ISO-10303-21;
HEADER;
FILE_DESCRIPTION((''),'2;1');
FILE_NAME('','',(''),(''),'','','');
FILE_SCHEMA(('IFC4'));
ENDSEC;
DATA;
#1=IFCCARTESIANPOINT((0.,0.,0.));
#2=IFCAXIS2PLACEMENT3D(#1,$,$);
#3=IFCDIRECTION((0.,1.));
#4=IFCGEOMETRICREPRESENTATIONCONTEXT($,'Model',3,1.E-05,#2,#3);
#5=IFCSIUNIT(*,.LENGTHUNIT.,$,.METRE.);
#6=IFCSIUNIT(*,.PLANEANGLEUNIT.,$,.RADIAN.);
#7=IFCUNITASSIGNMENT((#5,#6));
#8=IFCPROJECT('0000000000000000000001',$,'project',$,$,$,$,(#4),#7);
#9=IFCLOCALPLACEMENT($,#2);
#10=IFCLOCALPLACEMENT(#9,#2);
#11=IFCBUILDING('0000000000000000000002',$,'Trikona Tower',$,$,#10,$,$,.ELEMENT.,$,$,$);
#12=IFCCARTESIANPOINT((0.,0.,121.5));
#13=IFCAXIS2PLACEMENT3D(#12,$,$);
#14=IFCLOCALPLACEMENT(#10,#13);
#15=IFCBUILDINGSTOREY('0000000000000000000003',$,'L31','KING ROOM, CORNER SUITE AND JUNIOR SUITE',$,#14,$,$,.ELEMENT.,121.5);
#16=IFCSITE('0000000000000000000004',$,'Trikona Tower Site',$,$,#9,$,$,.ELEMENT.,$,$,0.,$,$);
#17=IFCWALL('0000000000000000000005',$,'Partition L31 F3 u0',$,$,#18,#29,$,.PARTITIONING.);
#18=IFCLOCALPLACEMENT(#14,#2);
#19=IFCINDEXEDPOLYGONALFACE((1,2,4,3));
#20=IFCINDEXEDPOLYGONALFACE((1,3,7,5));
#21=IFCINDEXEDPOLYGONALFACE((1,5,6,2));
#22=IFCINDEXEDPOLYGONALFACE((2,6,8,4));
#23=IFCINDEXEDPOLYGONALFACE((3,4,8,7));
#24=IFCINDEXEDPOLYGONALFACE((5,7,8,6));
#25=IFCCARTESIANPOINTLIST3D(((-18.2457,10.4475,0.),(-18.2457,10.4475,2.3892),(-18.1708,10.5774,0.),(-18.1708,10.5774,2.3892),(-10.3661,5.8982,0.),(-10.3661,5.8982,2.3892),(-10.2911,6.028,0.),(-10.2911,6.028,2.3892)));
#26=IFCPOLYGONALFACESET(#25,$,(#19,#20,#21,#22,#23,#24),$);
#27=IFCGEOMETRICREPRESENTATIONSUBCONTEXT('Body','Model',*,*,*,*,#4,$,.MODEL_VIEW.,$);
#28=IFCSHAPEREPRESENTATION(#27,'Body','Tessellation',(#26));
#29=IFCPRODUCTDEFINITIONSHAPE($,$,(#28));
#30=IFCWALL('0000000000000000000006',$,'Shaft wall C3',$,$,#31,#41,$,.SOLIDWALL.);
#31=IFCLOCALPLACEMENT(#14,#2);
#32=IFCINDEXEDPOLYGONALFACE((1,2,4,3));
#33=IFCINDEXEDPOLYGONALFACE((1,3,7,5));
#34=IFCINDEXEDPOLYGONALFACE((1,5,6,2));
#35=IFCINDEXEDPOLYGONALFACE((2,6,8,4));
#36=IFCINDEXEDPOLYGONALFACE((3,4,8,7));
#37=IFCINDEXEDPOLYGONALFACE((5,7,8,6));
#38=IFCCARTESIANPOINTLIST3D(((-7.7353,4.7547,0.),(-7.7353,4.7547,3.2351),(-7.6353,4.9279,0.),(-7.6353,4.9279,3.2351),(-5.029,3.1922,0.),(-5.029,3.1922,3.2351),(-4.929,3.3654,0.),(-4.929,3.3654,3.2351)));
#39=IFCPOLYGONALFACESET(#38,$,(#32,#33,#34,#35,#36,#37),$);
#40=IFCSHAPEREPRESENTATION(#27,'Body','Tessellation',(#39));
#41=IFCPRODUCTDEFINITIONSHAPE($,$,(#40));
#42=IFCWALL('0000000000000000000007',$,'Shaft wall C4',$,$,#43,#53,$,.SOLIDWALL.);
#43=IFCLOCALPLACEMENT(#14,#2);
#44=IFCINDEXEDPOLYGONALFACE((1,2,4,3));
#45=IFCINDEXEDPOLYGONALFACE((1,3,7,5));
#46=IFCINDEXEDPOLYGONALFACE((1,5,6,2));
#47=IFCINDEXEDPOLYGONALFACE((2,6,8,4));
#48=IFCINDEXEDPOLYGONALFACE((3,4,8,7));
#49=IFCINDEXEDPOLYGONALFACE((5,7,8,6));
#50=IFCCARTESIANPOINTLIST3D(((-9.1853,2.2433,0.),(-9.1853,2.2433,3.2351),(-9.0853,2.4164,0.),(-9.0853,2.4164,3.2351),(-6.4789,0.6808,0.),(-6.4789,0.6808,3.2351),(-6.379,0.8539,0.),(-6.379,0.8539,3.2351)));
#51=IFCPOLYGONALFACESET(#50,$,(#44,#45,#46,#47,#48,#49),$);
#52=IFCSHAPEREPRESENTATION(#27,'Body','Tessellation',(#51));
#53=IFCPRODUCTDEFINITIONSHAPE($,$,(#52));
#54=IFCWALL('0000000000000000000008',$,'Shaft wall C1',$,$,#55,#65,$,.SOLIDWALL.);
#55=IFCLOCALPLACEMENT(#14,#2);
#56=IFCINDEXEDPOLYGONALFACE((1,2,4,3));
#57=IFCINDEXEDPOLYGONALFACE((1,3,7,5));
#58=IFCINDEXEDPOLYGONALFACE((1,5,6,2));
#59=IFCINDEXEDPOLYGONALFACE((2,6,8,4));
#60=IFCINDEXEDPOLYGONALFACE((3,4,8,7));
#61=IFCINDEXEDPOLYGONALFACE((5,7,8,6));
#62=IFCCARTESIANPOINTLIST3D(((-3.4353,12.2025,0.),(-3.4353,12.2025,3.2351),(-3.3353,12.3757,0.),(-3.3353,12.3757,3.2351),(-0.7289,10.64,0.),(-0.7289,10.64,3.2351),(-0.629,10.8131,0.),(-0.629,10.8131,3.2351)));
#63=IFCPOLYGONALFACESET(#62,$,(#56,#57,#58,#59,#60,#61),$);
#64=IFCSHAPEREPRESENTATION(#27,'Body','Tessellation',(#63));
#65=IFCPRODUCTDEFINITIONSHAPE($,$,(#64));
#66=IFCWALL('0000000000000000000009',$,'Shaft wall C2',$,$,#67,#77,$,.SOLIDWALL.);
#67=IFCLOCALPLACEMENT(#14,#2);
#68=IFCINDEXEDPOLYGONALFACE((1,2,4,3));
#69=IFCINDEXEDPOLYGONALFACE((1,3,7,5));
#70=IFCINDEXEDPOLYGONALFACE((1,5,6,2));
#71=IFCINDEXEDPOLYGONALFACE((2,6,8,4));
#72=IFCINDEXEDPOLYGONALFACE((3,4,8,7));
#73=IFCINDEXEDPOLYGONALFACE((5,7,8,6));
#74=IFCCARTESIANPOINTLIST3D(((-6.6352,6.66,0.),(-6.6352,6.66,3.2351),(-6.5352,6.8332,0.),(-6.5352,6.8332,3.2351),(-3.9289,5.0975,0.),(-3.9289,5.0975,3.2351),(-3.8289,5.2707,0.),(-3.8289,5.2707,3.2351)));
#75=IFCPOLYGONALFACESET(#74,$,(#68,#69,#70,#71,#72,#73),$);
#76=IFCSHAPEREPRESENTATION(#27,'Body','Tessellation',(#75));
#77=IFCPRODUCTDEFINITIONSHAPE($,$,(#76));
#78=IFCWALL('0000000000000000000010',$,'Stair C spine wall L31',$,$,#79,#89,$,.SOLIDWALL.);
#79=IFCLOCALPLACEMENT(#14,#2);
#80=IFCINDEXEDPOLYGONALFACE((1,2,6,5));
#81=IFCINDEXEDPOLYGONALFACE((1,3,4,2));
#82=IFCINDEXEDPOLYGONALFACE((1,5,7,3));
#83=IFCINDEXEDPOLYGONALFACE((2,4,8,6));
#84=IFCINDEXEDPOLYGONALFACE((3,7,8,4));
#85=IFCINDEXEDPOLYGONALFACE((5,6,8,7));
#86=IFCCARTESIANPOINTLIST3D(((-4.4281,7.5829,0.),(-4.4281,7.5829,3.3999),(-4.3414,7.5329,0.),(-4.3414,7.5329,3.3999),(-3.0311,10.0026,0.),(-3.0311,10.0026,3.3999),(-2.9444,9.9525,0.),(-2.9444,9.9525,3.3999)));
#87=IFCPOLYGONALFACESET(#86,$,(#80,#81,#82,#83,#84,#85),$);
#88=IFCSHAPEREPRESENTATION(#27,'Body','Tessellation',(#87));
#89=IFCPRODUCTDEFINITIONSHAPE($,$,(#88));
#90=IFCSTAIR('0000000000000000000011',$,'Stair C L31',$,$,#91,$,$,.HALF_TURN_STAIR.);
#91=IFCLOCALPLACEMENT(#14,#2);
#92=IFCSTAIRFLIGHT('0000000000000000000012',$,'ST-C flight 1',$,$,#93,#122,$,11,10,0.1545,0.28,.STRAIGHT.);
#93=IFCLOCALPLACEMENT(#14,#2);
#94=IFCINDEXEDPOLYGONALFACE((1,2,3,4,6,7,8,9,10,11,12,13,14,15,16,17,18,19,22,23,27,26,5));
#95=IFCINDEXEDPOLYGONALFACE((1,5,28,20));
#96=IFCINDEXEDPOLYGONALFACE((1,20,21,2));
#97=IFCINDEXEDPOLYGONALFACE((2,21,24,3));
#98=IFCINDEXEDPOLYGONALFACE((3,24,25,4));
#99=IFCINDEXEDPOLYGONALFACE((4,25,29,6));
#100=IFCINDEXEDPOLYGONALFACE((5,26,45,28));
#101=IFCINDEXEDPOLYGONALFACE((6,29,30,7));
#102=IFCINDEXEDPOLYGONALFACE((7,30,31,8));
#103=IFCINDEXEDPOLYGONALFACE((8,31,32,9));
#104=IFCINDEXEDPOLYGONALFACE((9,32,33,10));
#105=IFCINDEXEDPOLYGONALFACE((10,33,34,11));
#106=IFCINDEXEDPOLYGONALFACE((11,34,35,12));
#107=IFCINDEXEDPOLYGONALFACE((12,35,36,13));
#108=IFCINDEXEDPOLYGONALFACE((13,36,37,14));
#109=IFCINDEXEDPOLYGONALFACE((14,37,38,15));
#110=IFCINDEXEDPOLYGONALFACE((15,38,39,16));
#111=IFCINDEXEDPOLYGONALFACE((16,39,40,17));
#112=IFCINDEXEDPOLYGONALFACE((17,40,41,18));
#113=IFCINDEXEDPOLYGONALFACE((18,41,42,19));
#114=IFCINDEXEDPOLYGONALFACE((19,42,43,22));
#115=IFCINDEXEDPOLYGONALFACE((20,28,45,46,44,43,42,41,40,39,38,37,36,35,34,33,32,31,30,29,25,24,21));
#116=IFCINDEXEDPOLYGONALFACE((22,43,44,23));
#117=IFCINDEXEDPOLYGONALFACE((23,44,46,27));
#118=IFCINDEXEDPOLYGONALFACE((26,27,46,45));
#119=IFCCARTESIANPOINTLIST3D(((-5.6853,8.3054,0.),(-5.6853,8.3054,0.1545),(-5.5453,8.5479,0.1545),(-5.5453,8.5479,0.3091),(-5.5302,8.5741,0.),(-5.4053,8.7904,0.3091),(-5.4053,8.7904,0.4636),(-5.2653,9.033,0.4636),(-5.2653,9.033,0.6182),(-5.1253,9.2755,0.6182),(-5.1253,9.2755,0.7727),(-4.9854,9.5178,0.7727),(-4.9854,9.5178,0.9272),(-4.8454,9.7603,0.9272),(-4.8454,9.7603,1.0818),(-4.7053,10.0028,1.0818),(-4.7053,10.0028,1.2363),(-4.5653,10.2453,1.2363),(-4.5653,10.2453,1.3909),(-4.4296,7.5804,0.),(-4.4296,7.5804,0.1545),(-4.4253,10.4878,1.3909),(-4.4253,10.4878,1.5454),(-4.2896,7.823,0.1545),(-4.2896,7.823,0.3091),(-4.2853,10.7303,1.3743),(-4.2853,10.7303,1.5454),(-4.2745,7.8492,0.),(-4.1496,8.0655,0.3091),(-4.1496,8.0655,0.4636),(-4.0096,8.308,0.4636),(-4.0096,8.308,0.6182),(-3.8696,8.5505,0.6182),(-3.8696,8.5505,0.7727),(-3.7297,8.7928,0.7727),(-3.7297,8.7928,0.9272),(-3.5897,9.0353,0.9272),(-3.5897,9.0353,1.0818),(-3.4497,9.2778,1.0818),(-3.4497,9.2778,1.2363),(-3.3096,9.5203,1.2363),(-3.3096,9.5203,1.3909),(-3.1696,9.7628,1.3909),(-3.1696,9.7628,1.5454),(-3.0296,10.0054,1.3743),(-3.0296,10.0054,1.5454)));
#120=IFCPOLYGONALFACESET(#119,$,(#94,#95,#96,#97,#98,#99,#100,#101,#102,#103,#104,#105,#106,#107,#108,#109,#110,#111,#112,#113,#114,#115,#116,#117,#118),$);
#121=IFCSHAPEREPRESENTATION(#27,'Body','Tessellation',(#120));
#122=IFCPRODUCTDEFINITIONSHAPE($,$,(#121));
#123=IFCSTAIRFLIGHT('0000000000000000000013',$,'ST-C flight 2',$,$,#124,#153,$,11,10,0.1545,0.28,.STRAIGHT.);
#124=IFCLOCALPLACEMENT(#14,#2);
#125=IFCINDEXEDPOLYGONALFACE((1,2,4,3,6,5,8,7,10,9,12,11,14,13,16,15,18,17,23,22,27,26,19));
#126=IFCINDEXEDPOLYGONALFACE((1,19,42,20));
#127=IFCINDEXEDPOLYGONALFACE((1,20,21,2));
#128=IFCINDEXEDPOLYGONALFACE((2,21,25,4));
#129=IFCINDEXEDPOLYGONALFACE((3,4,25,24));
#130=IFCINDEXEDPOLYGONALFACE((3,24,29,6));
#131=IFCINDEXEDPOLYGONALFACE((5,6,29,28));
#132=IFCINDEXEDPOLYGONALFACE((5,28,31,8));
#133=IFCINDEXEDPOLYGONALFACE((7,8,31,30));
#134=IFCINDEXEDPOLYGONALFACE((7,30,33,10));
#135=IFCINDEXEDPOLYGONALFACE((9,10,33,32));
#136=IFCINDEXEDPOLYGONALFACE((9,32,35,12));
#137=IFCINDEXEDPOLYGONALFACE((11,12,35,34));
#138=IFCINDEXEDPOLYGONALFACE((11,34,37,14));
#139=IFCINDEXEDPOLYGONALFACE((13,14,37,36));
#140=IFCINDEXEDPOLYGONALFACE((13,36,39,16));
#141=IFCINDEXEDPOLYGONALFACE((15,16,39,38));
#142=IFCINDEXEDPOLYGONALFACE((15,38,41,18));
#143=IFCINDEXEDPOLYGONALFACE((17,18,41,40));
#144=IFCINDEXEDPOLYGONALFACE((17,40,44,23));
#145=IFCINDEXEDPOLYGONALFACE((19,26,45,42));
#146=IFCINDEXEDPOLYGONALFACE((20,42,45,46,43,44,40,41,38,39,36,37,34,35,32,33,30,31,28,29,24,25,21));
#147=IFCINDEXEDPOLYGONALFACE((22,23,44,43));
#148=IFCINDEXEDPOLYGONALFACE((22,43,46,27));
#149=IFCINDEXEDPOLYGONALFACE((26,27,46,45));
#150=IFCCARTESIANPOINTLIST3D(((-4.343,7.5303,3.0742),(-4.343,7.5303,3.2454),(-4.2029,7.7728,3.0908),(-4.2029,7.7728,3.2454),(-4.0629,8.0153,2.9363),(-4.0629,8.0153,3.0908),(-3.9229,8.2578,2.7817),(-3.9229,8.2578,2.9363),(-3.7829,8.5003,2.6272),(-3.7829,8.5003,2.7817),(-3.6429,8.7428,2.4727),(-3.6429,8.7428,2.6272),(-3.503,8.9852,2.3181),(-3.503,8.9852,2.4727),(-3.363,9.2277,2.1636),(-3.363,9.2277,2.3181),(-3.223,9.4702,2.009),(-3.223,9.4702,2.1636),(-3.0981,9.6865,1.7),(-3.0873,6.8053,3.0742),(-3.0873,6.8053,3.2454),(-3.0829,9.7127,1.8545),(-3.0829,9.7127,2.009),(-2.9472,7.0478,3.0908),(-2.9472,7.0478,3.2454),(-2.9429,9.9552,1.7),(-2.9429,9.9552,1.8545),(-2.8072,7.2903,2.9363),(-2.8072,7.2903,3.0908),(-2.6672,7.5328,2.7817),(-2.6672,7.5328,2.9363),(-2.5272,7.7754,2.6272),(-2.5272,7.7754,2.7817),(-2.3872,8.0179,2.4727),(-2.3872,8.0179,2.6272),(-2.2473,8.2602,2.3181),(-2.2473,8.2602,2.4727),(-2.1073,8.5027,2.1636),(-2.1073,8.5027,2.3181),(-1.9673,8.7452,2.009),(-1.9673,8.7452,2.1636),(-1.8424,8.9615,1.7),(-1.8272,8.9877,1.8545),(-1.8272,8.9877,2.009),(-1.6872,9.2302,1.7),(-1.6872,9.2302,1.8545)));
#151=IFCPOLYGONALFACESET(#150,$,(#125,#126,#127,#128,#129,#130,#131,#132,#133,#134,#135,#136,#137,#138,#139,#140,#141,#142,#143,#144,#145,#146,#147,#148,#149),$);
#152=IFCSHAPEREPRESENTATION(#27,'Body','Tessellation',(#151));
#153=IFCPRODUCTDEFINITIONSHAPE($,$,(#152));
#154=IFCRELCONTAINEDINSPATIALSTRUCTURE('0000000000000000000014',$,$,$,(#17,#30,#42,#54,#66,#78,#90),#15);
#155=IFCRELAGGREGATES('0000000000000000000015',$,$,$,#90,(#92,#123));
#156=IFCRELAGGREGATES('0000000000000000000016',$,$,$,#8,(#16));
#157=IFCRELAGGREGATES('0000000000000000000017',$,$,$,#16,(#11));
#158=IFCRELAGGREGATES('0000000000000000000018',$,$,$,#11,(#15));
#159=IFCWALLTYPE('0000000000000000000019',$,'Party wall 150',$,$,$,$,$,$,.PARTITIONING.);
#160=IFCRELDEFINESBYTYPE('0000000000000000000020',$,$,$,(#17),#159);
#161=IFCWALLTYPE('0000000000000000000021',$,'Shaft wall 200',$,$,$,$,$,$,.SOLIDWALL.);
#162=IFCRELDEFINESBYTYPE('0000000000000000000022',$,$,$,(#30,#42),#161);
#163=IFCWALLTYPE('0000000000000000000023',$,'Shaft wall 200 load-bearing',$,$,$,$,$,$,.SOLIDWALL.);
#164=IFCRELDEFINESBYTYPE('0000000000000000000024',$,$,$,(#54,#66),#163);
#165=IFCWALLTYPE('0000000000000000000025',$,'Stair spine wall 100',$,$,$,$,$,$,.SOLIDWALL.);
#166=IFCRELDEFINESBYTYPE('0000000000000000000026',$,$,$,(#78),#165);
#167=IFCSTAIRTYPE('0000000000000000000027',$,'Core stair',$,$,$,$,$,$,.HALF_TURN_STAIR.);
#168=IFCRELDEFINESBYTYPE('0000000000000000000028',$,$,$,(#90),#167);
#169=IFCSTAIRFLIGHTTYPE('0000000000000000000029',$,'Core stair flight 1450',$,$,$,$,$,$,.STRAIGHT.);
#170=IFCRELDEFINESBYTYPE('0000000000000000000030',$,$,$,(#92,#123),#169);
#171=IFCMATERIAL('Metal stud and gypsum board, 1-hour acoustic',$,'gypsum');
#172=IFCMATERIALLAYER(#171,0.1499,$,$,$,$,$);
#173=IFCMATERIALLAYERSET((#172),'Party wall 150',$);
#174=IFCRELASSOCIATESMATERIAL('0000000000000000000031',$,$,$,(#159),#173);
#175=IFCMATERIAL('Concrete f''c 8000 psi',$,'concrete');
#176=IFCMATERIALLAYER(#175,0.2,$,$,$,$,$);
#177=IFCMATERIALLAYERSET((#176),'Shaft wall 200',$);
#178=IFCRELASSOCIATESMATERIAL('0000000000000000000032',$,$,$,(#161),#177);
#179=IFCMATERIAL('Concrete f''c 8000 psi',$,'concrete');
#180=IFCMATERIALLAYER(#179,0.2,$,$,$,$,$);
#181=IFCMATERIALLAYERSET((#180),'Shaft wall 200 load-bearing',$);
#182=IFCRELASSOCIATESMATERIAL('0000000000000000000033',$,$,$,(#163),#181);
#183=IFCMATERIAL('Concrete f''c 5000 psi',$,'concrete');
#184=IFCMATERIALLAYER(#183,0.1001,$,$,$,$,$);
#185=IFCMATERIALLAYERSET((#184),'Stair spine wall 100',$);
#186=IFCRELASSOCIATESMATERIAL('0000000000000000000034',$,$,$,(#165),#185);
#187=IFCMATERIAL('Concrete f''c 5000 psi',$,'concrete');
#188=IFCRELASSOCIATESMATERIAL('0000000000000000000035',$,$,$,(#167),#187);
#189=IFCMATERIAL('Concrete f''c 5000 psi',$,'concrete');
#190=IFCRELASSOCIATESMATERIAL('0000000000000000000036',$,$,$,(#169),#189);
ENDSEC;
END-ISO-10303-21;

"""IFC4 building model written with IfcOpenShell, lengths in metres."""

from ifc_helpers import new_model, si_unit, direction, frame, frame_2d, origin, place, context, subcontext, project, spatial, polyline, rectangle, outline, extrude, material, layer, layer_set, type_object, element, aggregate, save


model = new_model("IFC4")

# Units and contexts
model_context = context("Model", 3, precision=1e-05, world=origin(), true_north=direction((0.0, 1.0)))
body_context = subcontext(model_context, "Body", "Model", "MODEL_VIEW")
ifc_project = project(units=[si_unit("LENGTHUNIT", "METRE"), si_unit("PLANEANGLEUNIT", "RADIAN")], contexts=[model_context])

# Site, building, storey
site_placement = place(None, origin())
site = spatial("IfcSite", under=ifc_project, at=site_placement, Name="Trikona Tower Site", CompositionType="ELEMENT", RefElevation=0.0)
building_placement = place(site_placement, origin())
building = spatial("IfcBuilding", under=site, at=building_placement, Name="Trikona Tower", CompositionType="ELEMENT")
storey_placement = place(building_placement, frame((0.0, 0.0, 121.5)))
storey = spatial("IfcBuildingStorey", under=building, at=storey_placement, Name="L31", Description="KING ROOM, CORNER SUITE AND JUNIOR SUITE", CompositionType="ELEMENT", Elevation=121.5)

# Walls
ifc_material_1 = material(Name="Metal stud and gypsum board, 1-hour acoustic", Category="gypsum")
ifc_layer_1 = layer(ifc_material_1, 0.1499)
ifc_layer_set_1 = layer_set([ifc_layer_1], Name="Party wall 150")
wall_type_1 = type_object("IfcWallType", Name="Party wall 150", PredefinedType="PARTITIONING", material=ifc_layer_set_1)
wall_1_placement = place(storey_placement, frame((-10.3286, 5.9631, 0.0), z_axis=(0.0, 0.0, 1.0), x_axis=(-0.866025, 0.5, 0.0)))
element("IfcWall", 1, at=wall_1_placement, inside=storey, type_object=wall_type_1, Name="Partition L31 F3 u0", PredefinedType="PARTITIONING", context=body_context, shape_type="SweptSolid", body=[
    extrude(rectangle(XDim=9.0986, YDim=0.1499, at=frame_2d((4.5493, 0.0))), origin(), (0.0, 0.0, 1.0), 2.3892),
])
ifc_material_2 = material(Name="Concrete f'c 8000 psi", Category="concrete")
ifc_layer_2 = layer(ifc_material_2, 0.2)
ifc_layer_set_2 = layer_set([ifc_layer_2], Name="Shaft wall 200")
wall_type_2 = type_object("IfcWallType", Name="Shaft wall 200", PredefinedType="SOLIDWALL", material=ifc_layer_set_2)
for number, where, z_axis, x_axis, name in (
    (2, (-4.979, 3.2788, 0.0), (0.0, 0.0, 1.0), (-0.866023, 0.500004, 0.0), "Shaft wall C3"),
    (3, (-6.429, 0.7673, 0.0), (0.0, 0.0, 1.0), (-0.866023, 0.500004, 0.0), "Shaft wall C4"),
):
    element("IfcWall", number, at=place(storey_placement, frame(where, z_axis=z_axis, x_axis=x_axis)), inside=storey, type_object=wall_type_2, Name=name, PredefinedType="SOLIDWALL", context=body_context, shape_type="SweptSolid", body=[
        extrude(rectangle(XDim=3.125, YDim=0.2, at=frame_2d((1.5625, 0.0))), origin(), (0.0, 0.0, 1.0), 3.2351),
    ])
ifc_material_3 = material(Name="Concrete f'c 8000 psi", Category="concrete")
ifc_layer_3 = layer(ifc_material_3, 0.2)
ifc_layer_set_3 = layer_set([ifc_layer_3], Name="Shaft wall 200 load-bearing")
wall_type_3 = type_object("IfcWallType", Name="Shaft wall 200 load-bearing", PredefinedType="SOLIDWALL", material=ifc_layer_set_3)
for number, where, z_axis, x_axis, name in (
    (4, (-0.679, 10.7266, 0.0), (0.0, 0.0, 1.0), (-0.866023, 0.500004, 0.0), "Shaft wall C1"),
    (5, (-3.8789, 5.1841, 0.0), (0.0, 0.0, 1.0), (-0.866023, 0.500004, 0.0), "Shaft wall C2"),
):
    element("IfcWall", number, at=place(storey_placement, frame(where, z_axis=z_axis, x_axis=x_axis)), inside=storey, type_object=wall_type_3, Name=name, PredefinedType="SOLIDWALL", context=body_context, shape_type="SweptSolid", body=[
        extrude(rectangle(XDim=3.125, YDim=0.2, at=frame_2d((1.5625, 0.0))), origin(), (0.0, 0.0, 1.0), 3.2351),
    ])
ifc_material_4 = material(Name="Concrete f'c 5000 psi", Category="concrete")
ifc_layer_4 = layer(ifc_material_4, 0.1001)
ifc_layer_set_4 = layer_set([ifc_layer_4], Name="Stair spine wall 100")
wall_type_4 = type_object("IfcWallType", Name="Stair spine wall 100", PredefinedType="SOLIDWALL", material=ifc_layer_set_4)
wall_2_placement = place(storey_placement, frame((-2.9878, 9.9775, 0.0), z_axis=(0.0, 0.0, 1.0), x_axis=(-0.499992, -0.86603, 0.0)))
element("IfcWall", 6, at=wall_2_placement, inside=storey, type_object=wall_type_4, Name="Stair C spine wall L31", PredefinedType="SOLIDWALL", context=body_context, shape_type="SweptSolid", body=[
    extrude(rectangle(XDim=2.7939, YDim=0.1001, at=frame_2d((1.397, 0.0))), origin(), (0.0, 0.0, 1.0), 3.3999),
])

# Stair, stair flights
ifc_material_5 = material(Name="Concrete f'c 5000 psi", Category="concrete")
stair_type = type_object("IfcStairType", Name="Core stair", PredefinedType="HALF_TURN_STAIR", material=ifc_material_5)
stair_placement = place(storey_placement, origin())
stair = element("IfcStair", 7, at=stair_placement, inside=storey, type_object=stair_type, Name="Stair C L31", PredefinedType="HALF_TURN_STAIR")
ifc_material_6 = material(Name="Concrete f'c 5000 psi", Category="concrete")
stair_flight_type = type_object("IfcStairFlightType", Name="Core stair flight 1450", PredefinedType="STRAIGHT", material=ifc_material_6)
stair_flight_1_placement = place(storey_placement, frame((-5.0574, 7.9429, 0.0), z_axis=(0.0, 0.0, 1.0), x_axis=(0.5, 0.866025, 0.0)))
stair_flight_1 = element("IfcStairFlight", 8, at=stair_flight_1_placement, type_object=stair_flight_type, Name="ST-C flight 1", NumberOfRisers=11, NumberOfTreads=10, PredefinedType="STRAIGHT", RiserHeight=0.1545, TreadLength=0.28, context=body_context, shape_type="SweptSolid", body=[
    extrude(outline(polyline([(0.0, 0.0), (0.0, 0.1545), (0.28, 0.1545), (0.28, 0.3091), (0.5601, 0.3091), (0.5601, 0.4636), (0.8401, 0.4636), (0.8401, 0.6182), (1.1201, 0.6182), (1.1201, 0.7727), (1.3999, 0.7727), (1.3999, 0.9272), (1.6799, 0.9272), (1.6799, 1.0818), (1.96, 1.0818), (1.96, 1.2363), (2.24, 1.2363), (2.24, 1.3909), (2.52, 1.3909), (2.52, 1.5454), (2.8, 1.5454), (2.8, 1.7), (2.8, 1.3743), (0.3103, 0.0), (0.0, 0.0)])), frame((0.0, 0.7251, 0.0), z_axis=(0.0, -1.0, 0.0), x_axis=(1.0, 0.0, 0.0)), (0.0, 0.0, 1.0), 1.45),
])
stair_flight_2_placement = place(storey_placement, frame((-2.3152, 9.5928, 1.7), z_axis=(0.0, 0.0, 1.0), x_axis=(-0.5, -0.866025, 0.0)))
stair_flight_2 = element("IfcStairFlight", 9, at=stair_flight_2_placement, type_object=stair_flight_type, Name="ST-C flight 2", NumberOfRisers=11, NumberOfTreads=10, PredefinedType="STRAIGHT", RiserHeight=0.1545, TreadLength=0.28, context=body_context, shape_type="SweptSolid", body=[
    extrude(outline(polyline([(0.0, 0.0), (0.0, 0.1545), (0.28, 0.1545), (0.28, 0.3091), (0.5601, 0.3091), (0.5601, 0.4636), (0.8401, 0.4636), (0.8401, 0.6182), (1.1201, 0.6182), (1.1201, 0.7727), (1.3999, 0.7727), (1.3999, 0.9272), (1.6799, 0.9272), (1.6799, 1.0818), (1.96, 1.0818), (1.96, 1.2363), (2.24, 1.2363), (2.24, 1.3909), (2.52, 1.3909), (2.52, 1.5454), (2.8, 1.5454), (2.8, 1.7), (2.8, 1.3743), (0.3103, 0.0), (0.0, 0.0)])), frame((0.0, 0.7251, 0.0), z_axis=(0.0, -1.0, 0.0), x_axis=(1.0, 0.0, 0.0)), (0.0, 0.0, 1.0), 1.45),
])
aggregate(stair, [stair_flight_1, stair_flight_2])

save(model, "model.ifc")
